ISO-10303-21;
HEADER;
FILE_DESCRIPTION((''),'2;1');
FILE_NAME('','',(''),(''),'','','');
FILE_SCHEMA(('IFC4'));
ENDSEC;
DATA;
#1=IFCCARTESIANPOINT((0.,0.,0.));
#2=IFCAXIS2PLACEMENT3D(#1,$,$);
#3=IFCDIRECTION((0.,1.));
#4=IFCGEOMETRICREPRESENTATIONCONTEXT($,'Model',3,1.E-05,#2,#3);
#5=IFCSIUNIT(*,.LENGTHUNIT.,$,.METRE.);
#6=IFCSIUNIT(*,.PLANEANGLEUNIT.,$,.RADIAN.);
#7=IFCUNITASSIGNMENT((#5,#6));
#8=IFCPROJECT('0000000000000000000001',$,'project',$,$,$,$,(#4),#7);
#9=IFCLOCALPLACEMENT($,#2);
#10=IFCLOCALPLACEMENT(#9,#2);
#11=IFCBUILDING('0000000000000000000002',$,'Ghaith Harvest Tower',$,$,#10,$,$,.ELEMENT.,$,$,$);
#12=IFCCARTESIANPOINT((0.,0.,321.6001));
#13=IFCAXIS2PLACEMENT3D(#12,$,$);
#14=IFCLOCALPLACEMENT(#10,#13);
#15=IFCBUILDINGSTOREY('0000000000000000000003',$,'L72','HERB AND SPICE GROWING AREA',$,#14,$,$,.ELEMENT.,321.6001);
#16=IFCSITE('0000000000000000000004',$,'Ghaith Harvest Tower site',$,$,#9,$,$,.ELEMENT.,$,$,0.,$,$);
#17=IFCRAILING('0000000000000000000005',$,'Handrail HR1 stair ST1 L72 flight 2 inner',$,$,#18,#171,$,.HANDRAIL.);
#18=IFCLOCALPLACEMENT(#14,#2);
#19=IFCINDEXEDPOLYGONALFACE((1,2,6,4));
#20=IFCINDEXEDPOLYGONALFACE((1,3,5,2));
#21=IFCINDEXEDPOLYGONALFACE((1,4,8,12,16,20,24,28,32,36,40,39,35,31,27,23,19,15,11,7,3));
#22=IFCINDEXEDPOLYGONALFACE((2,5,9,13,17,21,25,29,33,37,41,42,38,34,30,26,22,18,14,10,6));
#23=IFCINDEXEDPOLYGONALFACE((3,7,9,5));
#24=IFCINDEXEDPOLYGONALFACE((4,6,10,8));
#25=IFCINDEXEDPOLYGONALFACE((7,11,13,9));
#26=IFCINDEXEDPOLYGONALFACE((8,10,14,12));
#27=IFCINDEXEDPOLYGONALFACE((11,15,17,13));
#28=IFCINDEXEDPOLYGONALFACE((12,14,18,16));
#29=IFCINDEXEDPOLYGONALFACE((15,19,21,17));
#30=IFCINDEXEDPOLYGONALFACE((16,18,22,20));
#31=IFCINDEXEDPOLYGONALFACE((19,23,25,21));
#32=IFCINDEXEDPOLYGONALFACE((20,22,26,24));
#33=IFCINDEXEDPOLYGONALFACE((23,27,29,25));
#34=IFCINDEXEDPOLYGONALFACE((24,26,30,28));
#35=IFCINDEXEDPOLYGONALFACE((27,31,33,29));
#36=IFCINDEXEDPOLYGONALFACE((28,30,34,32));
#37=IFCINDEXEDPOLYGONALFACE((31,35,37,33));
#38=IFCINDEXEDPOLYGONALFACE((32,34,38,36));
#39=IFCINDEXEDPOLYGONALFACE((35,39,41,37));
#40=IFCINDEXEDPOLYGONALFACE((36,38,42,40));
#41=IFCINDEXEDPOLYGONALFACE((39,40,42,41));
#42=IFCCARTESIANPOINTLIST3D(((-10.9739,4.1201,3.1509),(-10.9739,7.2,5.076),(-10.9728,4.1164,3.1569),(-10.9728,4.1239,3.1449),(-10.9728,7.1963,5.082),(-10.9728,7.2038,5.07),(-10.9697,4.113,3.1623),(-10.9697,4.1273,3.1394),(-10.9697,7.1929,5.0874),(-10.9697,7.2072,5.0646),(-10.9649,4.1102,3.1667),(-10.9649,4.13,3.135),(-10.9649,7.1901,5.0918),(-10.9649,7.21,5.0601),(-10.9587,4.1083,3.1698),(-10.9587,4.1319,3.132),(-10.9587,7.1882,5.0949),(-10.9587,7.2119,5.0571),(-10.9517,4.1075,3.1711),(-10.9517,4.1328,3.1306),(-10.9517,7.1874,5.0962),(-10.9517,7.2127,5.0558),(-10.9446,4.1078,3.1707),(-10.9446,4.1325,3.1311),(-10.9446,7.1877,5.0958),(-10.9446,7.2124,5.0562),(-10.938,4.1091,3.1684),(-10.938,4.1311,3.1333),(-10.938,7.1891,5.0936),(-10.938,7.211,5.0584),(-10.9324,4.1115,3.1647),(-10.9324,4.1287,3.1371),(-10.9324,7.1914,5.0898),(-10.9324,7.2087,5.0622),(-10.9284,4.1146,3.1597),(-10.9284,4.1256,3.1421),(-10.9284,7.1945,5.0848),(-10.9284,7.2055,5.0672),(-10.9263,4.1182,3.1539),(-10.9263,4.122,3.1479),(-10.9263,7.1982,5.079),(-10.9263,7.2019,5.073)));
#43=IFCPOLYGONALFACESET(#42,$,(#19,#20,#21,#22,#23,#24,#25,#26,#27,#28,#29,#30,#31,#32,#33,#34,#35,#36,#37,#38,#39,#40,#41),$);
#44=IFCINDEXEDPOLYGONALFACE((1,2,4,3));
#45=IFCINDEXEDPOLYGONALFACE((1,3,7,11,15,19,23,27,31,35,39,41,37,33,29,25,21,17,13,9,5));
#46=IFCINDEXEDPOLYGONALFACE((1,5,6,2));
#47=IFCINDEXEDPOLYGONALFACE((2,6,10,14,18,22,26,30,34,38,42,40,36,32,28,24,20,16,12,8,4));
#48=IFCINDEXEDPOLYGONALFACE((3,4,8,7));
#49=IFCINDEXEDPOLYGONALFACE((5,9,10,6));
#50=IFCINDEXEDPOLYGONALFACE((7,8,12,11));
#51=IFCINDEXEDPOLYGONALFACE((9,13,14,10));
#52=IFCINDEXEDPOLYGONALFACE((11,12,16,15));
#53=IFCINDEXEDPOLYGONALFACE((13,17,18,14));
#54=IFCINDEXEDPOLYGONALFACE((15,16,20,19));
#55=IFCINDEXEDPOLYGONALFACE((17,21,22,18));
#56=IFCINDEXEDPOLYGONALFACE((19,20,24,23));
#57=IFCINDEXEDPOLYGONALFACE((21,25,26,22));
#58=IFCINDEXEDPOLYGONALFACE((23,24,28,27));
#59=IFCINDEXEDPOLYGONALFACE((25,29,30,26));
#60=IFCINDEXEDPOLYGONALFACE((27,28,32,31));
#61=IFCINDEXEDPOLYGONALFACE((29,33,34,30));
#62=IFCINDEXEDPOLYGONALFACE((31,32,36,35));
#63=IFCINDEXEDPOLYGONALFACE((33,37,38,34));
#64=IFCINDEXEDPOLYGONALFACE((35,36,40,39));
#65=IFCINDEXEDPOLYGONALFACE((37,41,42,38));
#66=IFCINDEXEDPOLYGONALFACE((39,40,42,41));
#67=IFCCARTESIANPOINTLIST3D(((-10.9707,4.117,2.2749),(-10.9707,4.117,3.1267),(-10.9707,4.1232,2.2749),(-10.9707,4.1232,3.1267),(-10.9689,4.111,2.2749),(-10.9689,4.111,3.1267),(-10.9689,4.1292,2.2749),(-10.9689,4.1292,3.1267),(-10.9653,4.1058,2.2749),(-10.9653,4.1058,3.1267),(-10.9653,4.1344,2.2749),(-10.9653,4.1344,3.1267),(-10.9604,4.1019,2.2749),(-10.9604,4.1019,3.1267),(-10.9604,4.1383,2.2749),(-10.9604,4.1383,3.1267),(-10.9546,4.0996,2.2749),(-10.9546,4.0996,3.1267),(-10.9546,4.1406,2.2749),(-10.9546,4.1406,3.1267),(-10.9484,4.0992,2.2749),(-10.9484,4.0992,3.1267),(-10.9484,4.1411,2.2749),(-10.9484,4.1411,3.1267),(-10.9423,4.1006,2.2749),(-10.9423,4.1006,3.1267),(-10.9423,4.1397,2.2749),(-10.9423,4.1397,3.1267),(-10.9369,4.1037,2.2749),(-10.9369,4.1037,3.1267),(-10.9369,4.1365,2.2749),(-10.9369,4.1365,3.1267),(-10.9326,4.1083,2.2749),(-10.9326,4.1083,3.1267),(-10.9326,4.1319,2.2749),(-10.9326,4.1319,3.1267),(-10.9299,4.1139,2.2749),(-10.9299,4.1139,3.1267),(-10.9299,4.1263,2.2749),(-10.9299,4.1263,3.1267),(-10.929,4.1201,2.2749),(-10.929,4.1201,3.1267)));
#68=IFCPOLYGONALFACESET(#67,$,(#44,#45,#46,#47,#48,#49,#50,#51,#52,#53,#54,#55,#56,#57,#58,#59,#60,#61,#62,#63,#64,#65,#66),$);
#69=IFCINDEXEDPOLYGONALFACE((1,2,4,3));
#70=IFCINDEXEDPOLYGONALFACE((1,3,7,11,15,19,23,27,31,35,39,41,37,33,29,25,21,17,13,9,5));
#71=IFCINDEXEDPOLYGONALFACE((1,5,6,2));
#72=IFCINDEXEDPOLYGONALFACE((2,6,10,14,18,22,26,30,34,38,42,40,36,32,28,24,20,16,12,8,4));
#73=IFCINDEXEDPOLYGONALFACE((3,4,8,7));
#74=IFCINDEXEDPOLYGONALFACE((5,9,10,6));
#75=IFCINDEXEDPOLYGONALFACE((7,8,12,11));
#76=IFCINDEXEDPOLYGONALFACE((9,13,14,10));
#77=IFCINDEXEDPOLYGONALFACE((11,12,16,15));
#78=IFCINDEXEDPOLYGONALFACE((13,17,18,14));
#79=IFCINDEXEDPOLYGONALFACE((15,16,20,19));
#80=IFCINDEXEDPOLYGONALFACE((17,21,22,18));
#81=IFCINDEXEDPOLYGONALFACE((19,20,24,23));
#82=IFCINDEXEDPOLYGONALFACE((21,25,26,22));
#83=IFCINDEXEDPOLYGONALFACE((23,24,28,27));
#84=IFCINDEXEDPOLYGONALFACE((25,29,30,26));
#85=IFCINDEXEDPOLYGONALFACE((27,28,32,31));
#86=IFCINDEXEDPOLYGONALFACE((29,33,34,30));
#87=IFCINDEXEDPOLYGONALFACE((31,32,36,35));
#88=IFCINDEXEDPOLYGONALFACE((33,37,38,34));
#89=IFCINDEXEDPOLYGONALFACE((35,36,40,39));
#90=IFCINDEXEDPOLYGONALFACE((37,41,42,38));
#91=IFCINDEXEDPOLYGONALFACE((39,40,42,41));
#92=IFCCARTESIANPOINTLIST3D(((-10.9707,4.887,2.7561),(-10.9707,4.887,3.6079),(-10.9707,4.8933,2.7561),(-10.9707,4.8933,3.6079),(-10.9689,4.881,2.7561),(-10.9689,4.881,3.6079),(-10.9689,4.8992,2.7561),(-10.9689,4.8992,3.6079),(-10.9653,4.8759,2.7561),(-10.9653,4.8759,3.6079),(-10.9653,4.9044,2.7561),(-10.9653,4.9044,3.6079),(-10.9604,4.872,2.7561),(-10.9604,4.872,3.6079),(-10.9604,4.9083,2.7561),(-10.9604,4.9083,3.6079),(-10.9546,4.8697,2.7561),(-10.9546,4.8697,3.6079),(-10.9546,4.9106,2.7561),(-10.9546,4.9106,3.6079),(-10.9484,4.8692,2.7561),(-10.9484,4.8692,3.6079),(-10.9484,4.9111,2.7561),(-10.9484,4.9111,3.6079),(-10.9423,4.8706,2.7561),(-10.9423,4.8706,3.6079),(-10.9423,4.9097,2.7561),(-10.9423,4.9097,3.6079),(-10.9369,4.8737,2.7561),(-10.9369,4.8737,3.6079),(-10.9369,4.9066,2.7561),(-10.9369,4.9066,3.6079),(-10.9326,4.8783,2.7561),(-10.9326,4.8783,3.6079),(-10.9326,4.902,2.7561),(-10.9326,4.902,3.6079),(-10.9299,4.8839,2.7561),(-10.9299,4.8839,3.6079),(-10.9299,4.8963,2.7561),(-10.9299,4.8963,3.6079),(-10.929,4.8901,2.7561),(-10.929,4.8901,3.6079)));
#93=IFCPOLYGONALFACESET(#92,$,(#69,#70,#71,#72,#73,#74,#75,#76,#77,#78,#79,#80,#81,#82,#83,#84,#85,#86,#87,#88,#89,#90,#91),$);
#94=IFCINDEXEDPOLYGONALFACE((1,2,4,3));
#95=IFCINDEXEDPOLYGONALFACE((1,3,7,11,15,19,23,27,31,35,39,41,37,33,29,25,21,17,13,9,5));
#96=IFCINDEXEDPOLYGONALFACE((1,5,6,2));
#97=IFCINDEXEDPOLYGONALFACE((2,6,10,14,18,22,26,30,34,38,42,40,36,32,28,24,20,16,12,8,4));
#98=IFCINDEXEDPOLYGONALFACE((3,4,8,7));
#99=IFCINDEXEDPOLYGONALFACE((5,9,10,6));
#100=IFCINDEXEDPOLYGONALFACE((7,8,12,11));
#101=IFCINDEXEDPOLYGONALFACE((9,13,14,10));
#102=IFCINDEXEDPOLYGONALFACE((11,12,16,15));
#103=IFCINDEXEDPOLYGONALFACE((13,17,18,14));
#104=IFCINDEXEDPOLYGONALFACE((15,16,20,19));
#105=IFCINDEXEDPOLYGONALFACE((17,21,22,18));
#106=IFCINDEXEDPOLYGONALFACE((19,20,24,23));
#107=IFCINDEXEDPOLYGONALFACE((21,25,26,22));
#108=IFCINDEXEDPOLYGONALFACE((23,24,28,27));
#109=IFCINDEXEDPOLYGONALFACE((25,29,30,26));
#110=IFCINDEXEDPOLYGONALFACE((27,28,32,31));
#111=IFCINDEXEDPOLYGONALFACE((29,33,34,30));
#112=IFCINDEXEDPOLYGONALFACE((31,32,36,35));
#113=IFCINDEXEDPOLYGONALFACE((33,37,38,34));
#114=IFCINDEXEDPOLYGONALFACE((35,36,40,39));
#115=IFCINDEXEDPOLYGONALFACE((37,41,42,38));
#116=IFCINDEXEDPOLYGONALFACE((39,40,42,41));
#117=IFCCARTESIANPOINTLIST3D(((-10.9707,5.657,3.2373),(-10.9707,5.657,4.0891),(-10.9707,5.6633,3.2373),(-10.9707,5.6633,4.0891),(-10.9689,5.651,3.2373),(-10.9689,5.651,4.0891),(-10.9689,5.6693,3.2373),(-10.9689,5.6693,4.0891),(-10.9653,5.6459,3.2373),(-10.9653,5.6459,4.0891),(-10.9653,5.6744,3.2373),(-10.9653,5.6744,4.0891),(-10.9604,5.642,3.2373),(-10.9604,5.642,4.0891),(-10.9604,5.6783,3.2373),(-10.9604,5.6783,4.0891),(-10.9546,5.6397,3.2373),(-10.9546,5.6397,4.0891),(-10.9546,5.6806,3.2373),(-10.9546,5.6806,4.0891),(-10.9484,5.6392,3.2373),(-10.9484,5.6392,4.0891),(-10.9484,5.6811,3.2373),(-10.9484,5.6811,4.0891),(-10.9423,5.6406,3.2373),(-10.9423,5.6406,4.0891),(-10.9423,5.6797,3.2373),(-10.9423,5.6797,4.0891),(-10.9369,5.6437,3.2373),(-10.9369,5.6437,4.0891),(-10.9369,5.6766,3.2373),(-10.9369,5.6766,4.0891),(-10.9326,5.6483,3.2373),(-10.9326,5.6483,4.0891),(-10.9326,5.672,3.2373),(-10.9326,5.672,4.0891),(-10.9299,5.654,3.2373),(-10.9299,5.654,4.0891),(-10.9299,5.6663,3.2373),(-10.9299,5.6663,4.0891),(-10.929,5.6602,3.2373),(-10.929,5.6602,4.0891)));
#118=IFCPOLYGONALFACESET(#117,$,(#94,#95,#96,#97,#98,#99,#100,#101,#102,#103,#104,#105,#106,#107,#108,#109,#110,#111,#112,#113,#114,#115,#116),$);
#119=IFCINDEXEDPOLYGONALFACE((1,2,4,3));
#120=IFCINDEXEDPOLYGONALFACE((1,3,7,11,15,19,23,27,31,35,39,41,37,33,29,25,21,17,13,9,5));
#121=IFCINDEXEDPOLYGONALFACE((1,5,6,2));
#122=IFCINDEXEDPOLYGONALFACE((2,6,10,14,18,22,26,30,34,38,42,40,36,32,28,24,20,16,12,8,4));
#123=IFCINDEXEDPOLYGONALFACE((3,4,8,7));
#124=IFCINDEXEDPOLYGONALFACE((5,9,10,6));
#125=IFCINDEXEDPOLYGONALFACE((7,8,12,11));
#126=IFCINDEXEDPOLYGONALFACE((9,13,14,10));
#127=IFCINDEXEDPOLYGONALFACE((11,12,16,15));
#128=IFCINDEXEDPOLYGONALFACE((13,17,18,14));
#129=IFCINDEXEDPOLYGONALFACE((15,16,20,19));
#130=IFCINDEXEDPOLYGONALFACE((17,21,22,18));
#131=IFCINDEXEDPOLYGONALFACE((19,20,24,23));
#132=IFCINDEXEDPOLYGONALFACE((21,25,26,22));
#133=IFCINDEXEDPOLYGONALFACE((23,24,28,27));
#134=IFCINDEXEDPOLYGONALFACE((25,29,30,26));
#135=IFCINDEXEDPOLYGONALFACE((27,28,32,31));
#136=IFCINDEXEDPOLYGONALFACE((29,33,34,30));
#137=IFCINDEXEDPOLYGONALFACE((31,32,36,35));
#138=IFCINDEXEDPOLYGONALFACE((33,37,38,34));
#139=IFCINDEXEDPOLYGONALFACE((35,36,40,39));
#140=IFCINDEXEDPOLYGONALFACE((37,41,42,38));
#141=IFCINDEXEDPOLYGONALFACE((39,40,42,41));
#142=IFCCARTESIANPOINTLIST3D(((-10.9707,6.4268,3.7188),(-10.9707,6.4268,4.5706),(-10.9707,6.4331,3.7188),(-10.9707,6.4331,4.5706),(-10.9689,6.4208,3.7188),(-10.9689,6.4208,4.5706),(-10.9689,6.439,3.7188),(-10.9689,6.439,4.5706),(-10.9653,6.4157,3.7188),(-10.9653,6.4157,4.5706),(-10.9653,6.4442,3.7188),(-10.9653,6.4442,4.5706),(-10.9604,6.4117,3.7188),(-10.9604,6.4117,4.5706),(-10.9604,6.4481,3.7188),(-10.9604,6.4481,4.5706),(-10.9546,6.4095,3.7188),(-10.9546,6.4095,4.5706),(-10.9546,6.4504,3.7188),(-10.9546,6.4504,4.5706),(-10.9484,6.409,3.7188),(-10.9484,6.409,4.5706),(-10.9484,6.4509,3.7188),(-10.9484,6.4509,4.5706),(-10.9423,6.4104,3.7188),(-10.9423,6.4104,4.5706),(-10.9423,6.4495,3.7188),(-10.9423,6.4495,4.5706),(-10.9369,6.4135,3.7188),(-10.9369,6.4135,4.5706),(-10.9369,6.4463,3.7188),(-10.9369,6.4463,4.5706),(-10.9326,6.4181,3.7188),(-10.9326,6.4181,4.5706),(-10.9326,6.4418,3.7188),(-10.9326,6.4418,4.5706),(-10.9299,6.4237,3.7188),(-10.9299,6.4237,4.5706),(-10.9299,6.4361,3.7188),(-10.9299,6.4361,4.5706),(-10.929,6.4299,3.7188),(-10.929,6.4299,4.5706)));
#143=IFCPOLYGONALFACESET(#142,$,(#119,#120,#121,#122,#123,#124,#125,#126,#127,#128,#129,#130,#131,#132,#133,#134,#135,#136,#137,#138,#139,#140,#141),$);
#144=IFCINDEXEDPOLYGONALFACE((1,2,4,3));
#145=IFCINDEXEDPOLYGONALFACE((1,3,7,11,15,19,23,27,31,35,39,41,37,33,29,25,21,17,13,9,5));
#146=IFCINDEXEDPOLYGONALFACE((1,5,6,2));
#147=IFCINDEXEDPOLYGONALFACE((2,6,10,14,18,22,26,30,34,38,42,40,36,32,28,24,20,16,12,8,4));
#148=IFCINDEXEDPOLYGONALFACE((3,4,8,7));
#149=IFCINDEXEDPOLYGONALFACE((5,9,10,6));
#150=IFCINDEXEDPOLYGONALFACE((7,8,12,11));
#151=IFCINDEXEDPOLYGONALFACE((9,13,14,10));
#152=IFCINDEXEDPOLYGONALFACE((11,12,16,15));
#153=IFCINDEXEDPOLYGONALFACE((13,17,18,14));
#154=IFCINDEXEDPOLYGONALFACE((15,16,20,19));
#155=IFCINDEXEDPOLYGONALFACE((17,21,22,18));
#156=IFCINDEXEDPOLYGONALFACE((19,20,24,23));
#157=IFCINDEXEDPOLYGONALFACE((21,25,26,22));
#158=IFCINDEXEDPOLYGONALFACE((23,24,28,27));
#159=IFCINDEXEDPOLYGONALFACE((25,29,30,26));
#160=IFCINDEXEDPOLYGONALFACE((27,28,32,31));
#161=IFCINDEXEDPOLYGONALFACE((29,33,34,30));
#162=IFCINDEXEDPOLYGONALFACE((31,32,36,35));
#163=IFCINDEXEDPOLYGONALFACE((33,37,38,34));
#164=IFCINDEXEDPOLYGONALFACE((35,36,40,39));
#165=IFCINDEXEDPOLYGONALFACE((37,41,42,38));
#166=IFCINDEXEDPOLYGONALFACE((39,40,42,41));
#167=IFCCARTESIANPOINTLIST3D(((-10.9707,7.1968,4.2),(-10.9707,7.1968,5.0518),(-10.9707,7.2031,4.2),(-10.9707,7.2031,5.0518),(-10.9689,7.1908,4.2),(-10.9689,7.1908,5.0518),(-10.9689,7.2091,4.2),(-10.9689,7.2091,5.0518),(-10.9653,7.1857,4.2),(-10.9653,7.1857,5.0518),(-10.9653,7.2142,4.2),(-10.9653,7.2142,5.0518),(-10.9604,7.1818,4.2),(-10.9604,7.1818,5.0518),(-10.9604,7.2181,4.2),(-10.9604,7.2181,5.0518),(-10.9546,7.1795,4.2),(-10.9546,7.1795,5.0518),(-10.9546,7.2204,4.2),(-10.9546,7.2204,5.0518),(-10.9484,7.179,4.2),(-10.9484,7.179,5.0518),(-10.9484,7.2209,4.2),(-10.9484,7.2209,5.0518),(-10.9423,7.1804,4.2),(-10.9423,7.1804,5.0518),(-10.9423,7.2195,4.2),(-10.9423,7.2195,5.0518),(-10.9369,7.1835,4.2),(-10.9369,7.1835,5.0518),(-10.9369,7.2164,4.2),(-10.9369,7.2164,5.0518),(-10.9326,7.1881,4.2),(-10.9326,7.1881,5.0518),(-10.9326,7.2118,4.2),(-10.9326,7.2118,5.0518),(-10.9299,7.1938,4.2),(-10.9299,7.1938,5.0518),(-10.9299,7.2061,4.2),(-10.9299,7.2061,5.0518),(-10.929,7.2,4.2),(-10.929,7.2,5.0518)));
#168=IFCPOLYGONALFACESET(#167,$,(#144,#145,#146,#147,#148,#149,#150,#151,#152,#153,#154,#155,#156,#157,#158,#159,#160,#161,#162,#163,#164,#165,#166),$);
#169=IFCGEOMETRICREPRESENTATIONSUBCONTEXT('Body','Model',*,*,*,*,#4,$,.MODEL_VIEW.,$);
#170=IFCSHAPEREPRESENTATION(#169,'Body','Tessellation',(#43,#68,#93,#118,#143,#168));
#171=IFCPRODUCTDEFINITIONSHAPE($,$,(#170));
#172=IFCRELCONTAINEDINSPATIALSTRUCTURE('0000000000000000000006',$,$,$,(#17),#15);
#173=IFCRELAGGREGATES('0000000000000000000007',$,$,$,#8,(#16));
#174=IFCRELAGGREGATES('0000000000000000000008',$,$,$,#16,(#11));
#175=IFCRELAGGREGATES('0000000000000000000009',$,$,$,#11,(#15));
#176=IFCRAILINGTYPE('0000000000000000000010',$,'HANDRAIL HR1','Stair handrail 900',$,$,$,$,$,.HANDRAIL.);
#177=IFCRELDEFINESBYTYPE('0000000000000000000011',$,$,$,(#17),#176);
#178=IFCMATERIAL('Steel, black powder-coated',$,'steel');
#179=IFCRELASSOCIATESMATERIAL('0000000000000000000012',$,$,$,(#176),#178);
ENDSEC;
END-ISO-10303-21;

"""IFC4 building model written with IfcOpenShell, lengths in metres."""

from ifc_helpers import new_model, si_unit, direction, frame, origin, origin_2d, place, context, subcontext, project, spatial, circle, extrude, material, type_object, element, save


model = new_model("IFC4")

# Units and contexts
model_context = context("Model", 3, precision=1e-05, world=origin(), true_north=direction((0.0, 1.0)))
body_context = subcontext(model_context, "Body", "Model", "MODEL_VIEW")
ifc_project = project(units=[si_unit("LENGTHUNIT", "METRE"), si_unit("PLANEANGLEUNIT", "RADIAN")], contexts=[model_context])

# Site, building, storey
site_placement = place(None, origin())
site = spatial("IfcSite", under=ifc_project, at=site_placement, Name="Ghaith Harvest Tower site", CompositionType="ELEMENT", RefElevation=0.0)
building_placement = place(site_placement, origin())
building = spatial("IfcBuilding", under=site, at=building_placement, Name="Ghaith Harvest Tower", CompositionType="ELEMENT")
storey_placement = place(building_placement, frame((0.0, 0.0, 321.6001)))
storey = spatial("IfcBuildingStorey", under=building, at=storey_placement, Name="L72", Description="HERB AND SPICE GROWING AREA", CompositionType="ELEMENT", Elevation=321.6001)

# Railing
ifc_material_1 = material(Name="Steel, black powder-coated", Category="steel")
railing_type = type_object("IfcRailingType", Name="HANDRAIL HR1", Description="Stair handrail 900", PredefinedType="HANDRAIL", material=ifc_material_1)
railing_1_placement = place(storey_placement, frame((-10.95, 4.1201, 2.2749)))
element("IfcRailing", 1, at=railing_1_placement, inside=storey, type_object=railing_type, Name="Handrail HR1 stair ST1 L72 flight 2 inner", PredefinedType="HANDRAIL", context=body_context, shape_type="SweptSolid", body=[
    extrude(circle(Radius=0.0239, at=origin_2d()), frame((0.0, 0.0, 0.876), z_axis=(0.0, 0.847979, 0.530029), x_axis=(-1.0, 0.0, 0.0)), (0.0, 0.0, 1.0), 3.6321),
    extrude(circle(Radius=0.021, at=origin_2d()), origin(), (0.0, 0.0, 1.0), 0.8518),
    extrude(circle(Radius=0.021, at=origin_2d()), frame((0.0, 0.77, 0.4812)), (0.0, 0.0, 1.0), 0.8518),
    extrude(circle(Radius=0.021, at=origin_2d()), frame((0.0, 1.54, 0.9624)), (0.0, 0.0, 1.0), 0.8518),
    extrude(circle(Radius=0.021, at=origin_2d()), frame((0.0, 2.3098, 1.4438)), (0.0, 0.0, 1.0), 0.8518),
    extrude(circle(Radius=0.021, at=origin_2d()), frame((0.0, 3.0798, 1.925)), (0.0, 0.0, 1.0), 0.8518),
])

save(model, "model.ifc")
